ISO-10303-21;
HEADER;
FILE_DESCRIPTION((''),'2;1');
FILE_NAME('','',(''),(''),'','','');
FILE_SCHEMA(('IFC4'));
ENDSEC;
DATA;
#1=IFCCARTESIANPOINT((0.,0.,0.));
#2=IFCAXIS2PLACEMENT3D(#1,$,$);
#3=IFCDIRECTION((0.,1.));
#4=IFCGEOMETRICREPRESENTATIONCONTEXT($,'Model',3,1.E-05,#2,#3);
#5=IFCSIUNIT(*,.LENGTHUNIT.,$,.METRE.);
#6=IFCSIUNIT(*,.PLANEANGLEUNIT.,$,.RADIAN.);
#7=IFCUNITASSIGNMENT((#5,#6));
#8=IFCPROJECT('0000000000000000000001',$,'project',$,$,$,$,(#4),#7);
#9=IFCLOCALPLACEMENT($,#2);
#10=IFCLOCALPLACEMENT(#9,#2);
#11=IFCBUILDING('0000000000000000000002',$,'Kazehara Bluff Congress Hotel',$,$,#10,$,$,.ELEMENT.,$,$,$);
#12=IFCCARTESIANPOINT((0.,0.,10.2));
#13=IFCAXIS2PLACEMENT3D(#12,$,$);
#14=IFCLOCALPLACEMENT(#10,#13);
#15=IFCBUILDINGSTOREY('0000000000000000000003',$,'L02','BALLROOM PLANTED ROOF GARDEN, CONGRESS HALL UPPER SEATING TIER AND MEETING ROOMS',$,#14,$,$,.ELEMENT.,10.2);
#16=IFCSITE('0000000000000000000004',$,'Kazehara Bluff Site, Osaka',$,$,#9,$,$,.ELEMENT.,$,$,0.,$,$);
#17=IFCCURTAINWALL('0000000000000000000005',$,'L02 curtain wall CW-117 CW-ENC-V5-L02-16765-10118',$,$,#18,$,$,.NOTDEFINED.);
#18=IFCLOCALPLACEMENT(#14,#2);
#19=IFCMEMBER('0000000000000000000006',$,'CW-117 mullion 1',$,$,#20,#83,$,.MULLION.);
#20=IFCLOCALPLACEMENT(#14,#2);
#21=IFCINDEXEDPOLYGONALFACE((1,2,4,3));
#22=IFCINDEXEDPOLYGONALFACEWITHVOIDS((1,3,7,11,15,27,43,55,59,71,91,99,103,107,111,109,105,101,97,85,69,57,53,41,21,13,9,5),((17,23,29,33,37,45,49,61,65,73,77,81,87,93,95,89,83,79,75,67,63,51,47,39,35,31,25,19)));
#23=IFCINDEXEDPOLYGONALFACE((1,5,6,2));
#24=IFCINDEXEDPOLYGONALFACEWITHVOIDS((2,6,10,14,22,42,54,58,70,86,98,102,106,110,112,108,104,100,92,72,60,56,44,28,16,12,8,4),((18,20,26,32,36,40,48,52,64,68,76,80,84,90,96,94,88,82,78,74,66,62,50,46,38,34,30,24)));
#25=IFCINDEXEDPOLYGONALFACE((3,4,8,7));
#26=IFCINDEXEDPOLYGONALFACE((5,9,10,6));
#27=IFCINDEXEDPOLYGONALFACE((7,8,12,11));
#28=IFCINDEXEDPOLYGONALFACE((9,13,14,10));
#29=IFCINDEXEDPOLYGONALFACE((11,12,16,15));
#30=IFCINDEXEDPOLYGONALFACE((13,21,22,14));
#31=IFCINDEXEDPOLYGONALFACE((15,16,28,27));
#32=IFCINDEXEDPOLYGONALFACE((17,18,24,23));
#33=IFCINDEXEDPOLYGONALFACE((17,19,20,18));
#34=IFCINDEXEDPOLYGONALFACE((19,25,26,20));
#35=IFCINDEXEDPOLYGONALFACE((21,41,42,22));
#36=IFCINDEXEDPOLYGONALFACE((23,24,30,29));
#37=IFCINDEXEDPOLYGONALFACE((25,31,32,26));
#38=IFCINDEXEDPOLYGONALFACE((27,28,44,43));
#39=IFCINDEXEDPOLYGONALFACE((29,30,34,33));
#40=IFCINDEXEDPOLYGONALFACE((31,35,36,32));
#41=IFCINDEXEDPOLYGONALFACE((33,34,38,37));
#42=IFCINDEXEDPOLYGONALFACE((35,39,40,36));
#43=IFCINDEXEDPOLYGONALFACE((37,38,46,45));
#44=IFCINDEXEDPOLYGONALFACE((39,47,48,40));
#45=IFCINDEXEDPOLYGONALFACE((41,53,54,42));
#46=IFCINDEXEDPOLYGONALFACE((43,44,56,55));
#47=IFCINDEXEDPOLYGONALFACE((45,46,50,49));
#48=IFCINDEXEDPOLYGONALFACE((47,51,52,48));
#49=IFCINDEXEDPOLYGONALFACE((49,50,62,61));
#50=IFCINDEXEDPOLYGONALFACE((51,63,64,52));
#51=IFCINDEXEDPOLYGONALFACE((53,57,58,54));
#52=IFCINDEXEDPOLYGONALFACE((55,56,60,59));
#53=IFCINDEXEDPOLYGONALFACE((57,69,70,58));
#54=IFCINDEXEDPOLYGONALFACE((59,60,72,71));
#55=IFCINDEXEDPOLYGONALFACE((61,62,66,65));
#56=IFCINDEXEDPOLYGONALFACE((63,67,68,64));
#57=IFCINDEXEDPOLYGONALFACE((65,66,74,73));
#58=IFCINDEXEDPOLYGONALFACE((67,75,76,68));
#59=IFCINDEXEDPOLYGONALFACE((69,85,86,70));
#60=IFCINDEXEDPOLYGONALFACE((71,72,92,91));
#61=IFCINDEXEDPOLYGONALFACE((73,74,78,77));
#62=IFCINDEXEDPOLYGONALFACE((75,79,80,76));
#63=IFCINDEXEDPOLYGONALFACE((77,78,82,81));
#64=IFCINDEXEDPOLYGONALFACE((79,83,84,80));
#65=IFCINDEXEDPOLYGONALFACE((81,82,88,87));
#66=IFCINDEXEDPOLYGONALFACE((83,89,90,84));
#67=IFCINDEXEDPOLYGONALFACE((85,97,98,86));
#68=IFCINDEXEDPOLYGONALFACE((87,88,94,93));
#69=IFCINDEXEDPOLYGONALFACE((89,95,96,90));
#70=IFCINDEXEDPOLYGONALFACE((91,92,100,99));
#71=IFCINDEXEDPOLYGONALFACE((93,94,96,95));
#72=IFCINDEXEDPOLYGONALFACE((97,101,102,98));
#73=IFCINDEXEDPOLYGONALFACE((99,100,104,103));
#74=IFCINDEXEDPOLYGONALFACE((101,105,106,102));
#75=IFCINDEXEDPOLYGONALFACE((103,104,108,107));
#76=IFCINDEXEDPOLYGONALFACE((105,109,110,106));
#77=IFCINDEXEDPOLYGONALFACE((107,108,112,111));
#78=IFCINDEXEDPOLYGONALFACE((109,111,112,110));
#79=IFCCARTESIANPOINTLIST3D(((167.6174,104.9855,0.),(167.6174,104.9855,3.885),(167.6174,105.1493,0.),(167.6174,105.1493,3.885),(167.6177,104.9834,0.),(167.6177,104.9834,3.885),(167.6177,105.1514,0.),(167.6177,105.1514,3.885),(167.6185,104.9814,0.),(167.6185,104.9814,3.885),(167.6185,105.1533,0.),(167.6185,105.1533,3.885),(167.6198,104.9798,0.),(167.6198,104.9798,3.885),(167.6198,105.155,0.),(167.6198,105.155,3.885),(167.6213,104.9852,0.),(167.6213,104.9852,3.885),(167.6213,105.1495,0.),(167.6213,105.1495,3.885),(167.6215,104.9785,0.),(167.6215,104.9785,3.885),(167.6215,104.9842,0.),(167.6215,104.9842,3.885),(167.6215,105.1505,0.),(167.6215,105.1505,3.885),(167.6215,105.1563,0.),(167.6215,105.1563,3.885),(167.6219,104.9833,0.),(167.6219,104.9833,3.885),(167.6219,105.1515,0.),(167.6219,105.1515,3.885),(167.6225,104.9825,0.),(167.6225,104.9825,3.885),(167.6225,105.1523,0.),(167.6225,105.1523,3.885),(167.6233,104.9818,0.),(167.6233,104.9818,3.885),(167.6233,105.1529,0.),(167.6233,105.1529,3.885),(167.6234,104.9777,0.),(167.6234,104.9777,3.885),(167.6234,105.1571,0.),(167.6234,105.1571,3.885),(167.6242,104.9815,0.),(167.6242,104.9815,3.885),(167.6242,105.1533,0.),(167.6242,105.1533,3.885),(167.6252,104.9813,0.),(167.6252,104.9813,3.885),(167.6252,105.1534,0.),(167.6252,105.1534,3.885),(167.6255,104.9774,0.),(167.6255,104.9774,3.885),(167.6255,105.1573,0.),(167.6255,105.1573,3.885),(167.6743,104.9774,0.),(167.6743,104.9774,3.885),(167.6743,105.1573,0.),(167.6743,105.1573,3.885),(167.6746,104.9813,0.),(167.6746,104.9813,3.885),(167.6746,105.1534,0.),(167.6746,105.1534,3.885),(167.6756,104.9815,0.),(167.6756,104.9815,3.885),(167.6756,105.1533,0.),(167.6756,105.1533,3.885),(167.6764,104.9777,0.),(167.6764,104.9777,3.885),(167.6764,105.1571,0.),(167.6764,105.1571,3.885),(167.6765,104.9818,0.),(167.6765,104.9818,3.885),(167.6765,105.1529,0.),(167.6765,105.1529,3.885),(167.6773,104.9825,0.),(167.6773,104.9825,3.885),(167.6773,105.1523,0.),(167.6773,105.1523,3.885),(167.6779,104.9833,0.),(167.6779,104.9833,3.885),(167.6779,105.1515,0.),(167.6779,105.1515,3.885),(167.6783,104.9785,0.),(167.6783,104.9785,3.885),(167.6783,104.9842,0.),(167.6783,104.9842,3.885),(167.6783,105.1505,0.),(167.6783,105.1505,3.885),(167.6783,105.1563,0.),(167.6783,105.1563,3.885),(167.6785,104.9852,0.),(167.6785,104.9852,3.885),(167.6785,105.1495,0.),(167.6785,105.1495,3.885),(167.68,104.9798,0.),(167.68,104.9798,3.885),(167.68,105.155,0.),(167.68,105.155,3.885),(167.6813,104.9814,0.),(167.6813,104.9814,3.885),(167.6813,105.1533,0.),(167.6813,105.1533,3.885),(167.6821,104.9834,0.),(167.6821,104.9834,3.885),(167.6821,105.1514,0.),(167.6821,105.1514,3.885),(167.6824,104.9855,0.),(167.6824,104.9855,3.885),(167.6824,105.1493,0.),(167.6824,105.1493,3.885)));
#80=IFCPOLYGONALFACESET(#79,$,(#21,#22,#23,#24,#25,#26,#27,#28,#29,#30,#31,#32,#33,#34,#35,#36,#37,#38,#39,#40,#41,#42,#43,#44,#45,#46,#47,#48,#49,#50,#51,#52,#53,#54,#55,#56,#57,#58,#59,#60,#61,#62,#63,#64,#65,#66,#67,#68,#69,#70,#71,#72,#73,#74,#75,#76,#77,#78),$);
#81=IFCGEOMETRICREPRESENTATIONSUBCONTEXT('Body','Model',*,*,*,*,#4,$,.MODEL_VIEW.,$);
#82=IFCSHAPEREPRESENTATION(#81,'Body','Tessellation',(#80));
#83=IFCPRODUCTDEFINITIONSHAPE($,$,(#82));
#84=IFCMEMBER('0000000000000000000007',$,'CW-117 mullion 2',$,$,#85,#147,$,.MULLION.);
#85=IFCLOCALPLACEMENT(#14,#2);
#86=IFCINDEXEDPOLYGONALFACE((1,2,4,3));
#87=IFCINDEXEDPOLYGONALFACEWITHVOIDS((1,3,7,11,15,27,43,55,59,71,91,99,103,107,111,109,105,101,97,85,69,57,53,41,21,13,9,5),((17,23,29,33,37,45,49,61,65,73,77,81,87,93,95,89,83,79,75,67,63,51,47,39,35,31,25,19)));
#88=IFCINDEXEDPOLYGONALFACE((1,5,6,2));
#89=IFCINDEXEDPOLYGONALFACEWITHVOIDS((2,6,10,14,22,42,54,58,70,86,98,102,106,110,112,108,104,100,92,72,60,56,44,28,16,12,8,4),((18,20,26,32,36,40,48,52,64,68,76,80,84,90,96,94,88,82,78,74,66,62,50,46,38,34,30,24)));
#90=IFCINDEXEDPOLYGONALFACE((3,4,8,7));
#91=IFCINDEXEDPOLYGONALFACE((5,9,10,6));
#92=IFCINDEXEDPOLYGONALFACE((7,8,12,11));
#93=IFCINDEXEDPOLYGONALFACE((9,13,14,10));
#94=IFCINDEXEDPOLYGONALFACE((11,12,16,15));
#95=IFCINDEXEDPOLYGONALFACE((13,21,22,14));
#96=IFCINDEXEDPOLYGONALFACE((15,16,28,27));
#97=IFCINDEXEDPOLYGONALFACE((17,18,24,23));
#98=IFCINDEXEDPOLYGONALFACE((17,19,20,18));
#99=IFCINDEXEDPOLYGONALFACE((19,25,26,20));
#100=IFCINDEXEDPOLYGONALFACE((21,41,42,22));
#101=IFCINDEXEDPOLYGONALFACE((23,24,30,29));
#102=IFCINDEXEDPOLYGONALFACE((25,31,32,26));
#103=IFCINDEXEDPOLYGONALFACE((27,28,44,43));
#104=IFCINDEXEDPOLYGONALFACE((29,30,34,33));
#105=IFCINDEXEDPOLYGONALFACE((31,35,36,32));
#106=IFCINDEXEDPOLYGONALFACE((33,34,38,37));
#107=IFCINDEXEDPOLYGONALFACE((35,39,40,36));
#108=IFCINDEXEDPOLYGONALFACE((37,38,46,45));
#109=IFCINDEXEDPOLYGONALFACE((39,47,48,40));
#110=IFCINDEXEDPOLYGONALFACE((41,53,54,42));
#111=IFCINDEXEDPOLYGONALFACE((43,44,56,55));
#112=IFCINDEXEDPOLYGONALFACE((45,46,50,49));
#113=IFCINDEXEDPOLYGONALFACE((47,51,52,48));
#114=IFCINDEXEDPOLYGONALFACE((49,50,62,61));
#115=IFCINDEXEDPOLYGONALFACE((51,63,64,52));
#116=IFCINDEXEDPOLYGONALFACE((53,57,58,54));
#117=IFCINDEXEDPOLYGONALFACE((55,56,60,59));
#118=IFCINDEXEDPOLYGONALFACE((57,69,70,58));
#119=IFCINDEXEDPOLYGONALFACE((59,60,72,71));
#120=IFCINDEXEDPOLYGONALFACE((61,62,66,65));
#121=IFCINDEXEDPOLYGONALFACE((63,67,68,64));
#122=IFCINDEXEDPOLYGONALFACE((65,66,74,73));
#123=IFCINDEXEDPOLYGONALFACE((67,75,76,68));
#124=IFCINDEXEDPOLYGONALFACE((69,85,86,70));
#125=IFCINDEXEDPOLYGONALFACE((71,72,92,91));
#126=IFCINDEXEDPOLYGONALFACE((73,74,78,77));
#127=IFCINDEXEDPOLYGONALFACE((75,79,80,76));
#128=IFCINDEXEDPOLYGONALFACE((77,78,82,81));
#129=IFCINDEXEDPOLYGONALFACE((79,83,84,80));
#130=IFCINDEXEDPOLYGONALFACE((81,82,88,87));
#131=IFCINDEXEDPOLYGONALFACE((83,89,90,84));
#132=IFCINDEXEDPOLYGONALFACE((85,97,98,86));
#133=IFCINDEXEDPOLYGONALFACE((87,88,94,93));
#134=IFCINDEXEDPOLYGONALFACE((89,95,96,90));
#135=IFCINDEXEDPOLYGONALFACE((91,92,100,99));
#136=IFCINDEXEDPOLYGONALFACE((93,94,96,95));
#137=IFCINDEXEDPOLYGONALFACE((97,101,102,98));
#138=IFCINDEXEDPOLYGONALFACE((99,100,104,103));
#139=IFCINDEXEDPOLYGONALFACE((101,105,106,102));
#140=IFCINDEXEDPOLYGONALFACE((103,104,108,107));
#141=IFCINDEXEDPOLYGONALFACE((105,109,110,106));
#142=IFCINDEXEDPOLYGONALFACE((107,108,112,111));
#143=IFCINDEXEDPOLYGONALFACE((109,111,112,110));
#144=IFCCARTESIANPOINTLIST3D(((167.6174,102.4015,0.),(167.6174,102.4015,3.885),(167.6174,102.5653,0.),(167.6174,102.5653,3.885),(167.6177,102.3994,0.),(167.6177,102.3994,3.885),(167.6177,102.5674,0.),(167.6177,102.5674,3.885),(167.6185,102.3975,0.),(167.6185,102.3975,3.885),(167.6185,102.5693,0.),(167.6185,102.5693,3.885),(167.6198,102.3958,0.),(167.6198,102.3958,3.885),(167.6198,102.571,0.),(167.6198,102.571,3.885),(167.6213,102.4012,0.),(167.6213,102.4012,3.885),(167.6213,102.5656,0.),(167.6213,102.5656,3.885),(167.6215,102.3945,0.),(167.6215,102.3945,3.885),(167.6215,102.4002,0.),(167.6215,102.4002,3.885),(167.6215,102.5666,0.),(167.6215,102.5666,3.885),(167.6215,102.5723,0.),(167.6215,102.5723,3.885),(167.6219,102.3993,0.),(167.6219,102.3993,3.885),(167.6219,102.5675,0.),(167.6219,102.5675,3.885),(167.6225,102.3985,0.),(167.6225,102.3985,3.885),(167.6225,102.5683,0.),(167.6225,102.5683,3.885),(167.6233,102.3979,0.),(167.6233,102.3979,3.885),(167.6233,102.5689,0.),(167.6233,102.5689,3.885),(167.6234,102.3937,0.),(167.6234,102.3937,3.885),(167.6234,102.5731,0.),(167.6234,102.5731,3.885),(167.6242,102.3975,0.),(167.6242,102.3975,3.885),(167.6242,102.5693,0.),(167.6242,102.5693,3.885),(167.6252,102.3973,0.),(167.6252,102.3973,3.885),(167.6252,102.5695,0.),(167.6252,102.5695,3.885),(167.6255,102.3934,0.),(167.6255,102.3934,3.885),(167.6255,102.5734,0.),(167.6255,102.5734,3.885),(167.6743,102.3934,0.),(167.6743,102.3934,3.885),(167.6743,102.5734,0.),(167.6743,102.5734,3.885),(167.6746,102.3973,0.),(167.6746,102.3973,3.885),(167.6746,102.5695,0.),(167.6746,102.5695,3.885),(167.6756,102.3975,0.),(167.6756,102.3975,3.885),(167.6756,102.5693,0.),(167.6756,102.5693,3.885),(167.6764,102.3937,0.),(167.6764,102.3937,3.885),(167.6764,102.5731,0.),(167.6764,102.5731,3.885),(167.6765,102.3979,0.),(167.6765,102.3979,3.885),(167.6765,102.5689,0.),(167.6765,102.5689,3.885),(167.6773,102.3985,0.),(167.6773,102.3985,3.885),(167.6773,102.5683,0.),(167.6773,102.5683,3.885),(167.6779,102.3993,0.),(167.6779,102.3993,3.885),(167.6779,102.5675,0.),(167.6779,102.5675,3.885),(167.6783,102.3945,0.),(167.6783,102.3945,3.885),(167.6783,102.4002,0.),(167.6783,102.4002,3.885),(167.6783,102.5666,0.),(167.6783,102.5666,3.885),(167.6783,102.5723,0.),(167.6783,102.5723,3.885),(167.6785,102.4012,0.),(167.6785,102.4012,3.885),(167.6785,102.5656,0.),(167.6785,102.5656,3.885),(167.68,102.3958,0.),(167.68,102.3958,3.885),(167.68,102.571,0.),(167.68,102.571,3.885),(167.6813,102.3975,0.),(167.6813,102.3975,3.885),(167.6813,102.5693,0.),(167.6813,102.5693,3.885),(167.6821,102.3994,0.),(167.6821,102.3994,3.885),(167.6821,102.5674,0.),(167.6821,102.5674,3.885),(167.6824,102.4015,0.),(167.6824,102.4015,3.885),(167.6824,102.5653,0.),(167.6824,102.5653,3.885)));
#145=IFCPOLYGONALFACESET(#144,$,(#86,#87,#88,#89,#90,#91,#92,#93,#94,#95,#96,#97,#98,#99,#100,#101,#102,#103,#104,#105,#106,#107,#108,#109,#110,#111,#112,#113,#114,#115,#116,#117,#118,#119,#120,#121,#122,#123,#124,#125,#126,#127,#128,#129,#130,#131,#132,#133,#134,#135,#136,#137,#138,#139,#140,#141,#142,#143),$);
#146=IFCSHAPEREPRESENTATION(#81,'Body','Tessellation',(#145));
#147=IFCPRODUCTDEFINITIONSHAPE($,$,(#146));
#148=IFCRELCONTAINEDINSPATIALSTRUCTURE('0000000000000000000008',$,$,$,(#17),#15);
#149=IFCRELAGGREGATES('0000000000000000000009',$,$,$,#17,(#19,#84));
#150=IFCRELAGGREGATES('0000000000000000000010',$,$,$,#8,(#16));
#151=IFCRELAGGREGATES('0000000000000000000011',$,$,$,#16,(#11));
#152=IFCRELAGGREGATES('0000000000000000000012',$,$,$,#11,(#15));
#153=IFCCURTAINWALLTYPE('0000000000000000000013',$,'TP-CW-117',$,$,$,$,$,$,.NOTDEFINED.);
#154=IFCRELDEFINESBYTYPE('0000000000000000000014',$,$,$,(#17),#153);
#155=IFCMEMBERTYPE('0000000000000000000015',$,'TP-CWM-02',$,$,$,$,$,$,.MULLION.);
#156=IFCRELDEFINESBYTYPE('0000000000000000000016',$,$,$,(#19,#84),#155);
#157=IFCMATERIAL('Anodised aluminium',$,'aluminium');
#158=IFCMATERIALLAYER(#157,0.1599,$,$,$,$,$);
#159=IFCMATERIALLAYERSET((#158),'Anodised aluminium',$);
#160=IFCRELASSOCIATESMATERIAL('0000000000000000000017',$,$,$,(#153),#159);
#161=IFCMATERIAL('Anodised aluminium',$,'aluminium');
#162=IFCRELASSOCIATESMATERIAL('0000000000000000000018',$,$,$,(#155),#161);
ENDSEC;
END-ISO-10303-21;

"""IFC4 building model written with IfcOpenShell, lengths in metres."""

from ifc_helpers import new_model, si_unit, direction, frame, origin, origin_2d, place, context, subcontext, project, spatial, hollow_rectangle, extrude, material, layer, layer_set, material_profile, profile_set, type_object, element, aggregate, save


model = new_model("IFC4")

# Units and contexts
model_context = context("Model", 3, precision=1e-05, world=origin(), true_north=direction((0.0, 1.0)))
body_context = subcontext(model_context, "Body", "Model", "MODEL_VIEW")
ifc_project = project(units=[si_unit("LENGTHUNIT", "METRE"), si_unit("PLANEANGLEUNIT", "RADIAN")], contexts=[model_context])

# Site, building, storey
site_placement = place(None, origin())
site = spatial("IfcSite", under=ifc_project, at=site_placement, Name="Kazehara Bluff Site, Osaka", CompositionType="ELEMENT", RefElevation=0.0)
building_placement = place(site_placement, origin())
building = spatial("IfcBuilding", under=site, at=building_placement, Name="Kazehara Bluff Congress Hotel", CompositionType="ELEMENT")
storey_placement = place(building_placement, frame((0.0, 0.0, 10.2)))
storey = spatial("IfcBuildingStorey", under=building, at=storey_placement, Name="L02", Description="BALLROOM PLANTED ROOF GARDEN, CONGRESS HALL UPPER SEATING TIER AND MEETING ROOMS", CompositionType="ELEMENT", Elevation=10.2)

# Curtain wall, members
ifc_material_1 = material(Name="Anodised aluminium", Category="aluminium")
ifc_layer_1 = layer(ifc_material_1, 0.1599)
ifc_layer_set_1 = layer_set([ifc_layer_1], Name="Anodised aluminium")
curtain_wall_type_1 = type_object("IfcCurtainWallType", Name="TP-CW-117", PredefinedType="NOTDEFINED", material=ifc_layer_set_1)
curtain_wall_1_placement = place(storey_placement, origin())
curtain_wall_1 = element("IfcCurtainWall", 1, at=curtain_wall_1_placement, inside=storey, type_object=curtain_wall_type_1, Name="L02 curtain wall CW-117 CW-ENC-V5-L02-16765-10118", PredefinedType="NOTDEFINED")
ifc_material_2 = material(Name="Anodised aluminium", Category="aluminium")
ifc_material_profile_1 = material_profile(ifc_material_2, hollow_rectangle(XDim=0.0649, YDim=0.1799, WallThickness=0.0039, InnerFilletRadius=0.0039, OuterFilletRadius=0.0081, at=origin_2d()))
ifc_profile_set_1 = profile_set([ifc_material_profile_1], Name="Anodised aluminium")
member_type_1 = type_object("IfcMemberType", Name="TP-CWM-02", PredefinedType="MULLION", material=ifc_profile_set_1)
member_1_placement = place(storey_placement, frame((167.6499, 105.0674, 0.0), z_axis=(0.0, 0.0, 1.0), x_axis=(1.0, 0.0, 0.0)))
member_1 = element("IfcMember", 2, at=member_1_placement, type_object=member_type_1, Name="CW-117 mullion 1", PredefinedType="MULLION", context=body_context, shape_type="SweptSolid", body=[
    extrude(hollow_rectangle(XDim=0.0649, YDim=0.1799, WallThickness=0.0039, InnerFilletRadius=0.0039, OuterFilletRadius=0.0081, at=origin_2d()), origin(), (0.0, 0.0, 1.0), 3.885),
])
member_2_placement = place(storey_placement, frame((167.6499, 102.4834, 0.0), z_axis=(0.0, 0.0, 1.0), x_axis=(1.0, 0.0, 0.0)))
member_2 = element("IfcMember", 3, at=member_2_placement, type_object=member_type_1, Name="CW-117 mullion 2", PredefinedType="MULLION", context=body_context, shape_type="SweptSolid", body=[
    extrude(hollow_rectangle(XDim=0.0649, YDim=0.1799, WallThickness=0.0039, InnerFilletRadius=0.0039, OuterFilletRadius=0.0081, at=origin_2d()), origin(), (0.0, 0.0, 1.0), 3.885),
])

aggregate(curtain_wall_1, [member_1, member_2])

save(model, "model.ifc")
